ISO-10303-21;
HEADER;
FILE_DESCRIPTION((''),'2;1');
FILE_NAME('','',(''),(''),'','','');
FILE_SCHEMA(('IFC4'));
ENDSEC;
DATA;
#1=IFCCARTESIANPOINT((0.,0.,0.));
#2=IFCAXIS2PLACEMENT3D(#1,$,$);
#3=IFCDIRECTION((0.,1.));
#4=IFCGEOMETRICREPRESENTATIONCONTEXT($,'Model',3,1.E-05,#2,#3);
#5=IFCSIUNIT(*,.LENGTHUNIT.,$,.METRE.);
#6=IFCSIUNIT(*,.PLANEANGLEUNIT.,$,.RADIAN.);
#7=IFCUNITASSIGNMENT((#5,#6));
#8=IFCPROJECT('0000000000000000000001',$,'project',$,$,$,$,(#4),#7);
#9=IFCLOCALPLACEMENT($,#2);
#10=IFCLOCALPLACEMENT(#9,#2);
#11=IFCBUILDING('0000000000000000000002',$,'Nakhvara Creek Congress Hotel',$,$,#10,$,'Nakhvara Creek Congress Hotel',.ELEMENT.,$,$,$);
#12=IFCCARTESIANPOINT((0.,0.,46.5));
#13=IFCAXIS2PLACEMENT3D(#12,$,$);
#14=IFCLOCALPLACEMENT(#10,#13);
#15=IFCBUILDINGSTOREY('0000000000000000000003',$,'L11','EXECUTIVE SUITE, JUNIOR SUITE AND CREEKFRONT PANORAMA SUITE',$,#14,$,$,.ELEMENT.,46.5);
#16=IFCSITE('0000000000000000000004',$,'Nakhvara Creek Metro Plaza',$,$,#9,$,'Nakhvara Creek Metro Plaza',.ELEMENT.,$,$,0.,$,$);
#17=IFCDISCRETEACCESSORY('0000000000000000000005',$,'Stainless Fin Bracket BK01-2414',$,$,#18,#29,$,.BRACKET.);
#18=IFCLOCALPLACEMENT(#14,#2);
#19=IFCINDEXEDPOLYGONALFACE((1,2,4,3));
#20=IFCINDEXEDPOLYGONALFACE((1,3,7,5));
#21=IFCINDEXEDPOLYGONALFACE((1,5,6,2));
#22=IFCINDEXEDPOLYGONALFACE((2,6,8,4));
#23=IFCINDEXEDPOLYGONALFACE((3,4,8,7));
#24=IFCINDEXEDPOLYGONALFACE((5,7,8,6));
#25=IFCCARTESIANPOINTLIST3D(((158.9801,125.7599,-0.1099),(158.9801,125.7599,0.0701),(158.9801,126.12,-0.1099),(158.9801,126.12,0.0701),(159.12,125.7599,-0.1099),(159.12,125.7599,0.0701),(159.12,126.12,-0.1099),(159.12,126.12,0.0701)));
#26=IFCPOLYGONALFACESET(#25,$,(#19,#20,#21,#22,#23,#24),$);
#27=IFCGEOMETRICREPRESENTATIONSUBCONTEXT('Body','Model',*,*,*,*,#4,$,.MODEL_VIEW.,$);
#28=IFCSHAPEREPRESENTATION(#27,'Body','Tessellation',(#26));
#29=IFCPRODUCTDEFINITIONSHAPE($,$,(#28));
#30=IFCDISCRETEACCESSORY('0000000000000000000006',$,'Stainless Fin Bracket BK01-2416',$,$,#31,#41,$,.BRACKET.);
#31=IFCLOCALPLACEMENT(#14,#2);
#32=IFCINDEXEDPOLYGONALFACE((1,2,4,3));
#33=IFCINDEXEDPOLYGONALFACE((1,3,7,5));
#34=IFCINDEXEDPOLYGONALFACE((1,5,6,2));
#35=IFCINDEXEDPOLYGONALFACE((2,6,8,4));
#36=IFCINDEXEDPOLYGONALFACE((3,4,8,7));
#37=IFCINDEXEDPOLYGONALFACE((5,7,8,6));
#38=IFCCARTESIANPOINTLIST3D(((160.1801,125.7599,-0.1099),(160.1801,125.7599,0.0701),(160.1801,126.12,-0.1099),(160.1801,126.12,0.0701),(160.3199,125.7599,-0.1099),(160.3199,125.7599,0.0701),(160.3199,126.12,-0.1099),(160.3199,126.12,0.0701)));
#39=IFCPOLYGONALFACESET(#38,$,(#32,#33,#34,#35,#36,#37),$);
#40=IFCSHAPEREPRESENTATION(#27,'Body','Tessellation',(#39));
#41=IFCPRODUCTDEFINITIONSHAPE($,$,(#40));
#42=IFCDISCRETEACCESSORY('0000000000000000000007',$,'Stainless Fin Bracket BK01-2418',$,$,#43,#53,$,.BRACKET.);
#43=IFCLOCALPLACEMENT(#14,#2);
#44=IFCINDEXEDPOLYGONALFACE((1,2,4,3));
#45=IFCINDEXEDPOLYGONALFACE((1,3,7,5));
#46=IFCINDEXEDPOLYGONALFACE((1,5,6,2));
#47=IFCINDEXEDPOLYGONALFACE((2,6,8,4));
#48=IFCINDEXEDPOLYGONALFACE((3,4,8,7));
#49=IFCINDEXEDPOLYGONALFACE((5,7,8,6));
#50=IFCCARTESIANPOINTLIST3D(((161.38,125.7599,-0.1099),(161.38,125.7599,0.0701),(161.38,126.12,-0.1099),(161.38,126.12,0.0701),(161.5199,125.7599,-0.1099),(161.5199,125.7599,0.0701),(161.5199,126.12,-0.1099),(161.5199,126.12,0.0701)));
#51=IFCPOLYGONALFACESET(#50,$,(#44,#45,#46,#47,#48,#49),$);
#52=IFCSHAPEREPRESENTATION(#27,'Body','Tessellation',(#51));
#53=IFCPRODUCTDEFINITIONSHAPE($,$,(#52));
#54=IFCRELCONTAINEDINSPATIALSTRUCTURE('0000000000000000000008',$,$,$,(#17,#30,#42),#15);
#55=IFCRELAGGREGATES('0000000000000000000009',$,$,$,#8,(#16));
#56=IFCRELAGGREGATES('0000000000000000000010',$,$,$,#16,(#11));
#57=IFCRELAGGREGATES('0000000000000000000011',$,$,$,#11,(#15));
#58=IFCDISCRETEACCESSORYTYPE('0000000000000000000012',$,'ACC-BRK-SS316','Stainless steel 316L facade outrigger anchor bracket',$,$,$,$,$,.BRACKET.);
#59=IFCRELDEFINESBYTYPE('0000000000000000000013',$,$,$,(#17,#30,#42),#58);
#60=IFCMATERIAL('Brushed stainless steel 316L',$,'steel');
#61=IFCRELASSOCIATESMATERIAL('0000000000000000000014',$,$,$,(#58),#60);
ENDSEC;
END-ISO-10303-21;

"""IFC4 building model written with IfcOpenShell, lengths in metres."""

from ifc_helpers import new_model, si_unit, direction, frame, origin, origin_2d, place, context, subcontext, project, spatial, rectangle, extrude, material, type_object, element, save


model = new_model("IFC4")

# Units and contexts
model_context = context("Model", 3, precision=1e-05, world=origin(), true_north=direction((0.0, 1.0)))
body_context = subcontext(model_context, "Body", "Model", "MODEL_VIEW")
ifc_project = project(units=[si_unit("LENGTHUNIT", "METRE"), si_unit("PLANEANGLEUNIT", "RADIAN")], contexts=[model_context])

# Site, building, storey
site_placement = place(None, origin())
site = spatial("IfcSite", under=ifc_project, at=site_placement, Name="Nakhvara Creek Metro Plaza", LongName="Nakhvara Creek Metro Plaza", CompositionType="ELEMENT", RefElevation=0.0)
building_placement = place(site_placement, origin())
building = spatial("IfcBuilding", under=site, at=building_placement, Name="Nakhvara Creek Congress Hotel", LongName="Nakhvara Creek Congress Hotel", CompositionType="ELEMENT")
storey_placement = place(building_placement, frame((0.0, 0.0, 46.5)))
storey = spatial("IfcBuildingStorey", under=building, at=storey_placement, Name="L11", Description="EXECUTIVE SUITE, JUNIOR SUITE AND CREEKFRONT PANORAMA SUITE", CompositionType="ELEMENT", Elevation=46.5)

# Discrete accessories
ifc_material_1 = material(Name="Brushed stainless steel 316L", Category="steel")
discrete_accessory_type = type_object("IfcDiscreteAccessoryType", Name="ACC-BRK-SS316", Description="Stainless steel 316L facade outrigger anchor bracket", PredefinedType="BRACKET", material=ifc_material_1)
for number, where, z_axis, x_axis, name in (
    (1, (159.05, 125.9399, -0.1099), (0.0, 0.0, 1.0), (1.0, 0.0, 0.0), "Stainless Fin Bracket BK01-2414"),
    (2, (160.25, 125.9399, -0.1099), (0.0, 0.0, 1.0), (1.0, 0.0, 0.0), "Stainless Fin Bracket BK01-2416"),
    (3, (161.45, 125.9399, -0.1099), (0.0, 0.0, 1.0), (1.0, 0.0, 0.0), "Stainless Fin Bracket BK01-2418"),
):
    element("IfcDiscreteAccessory", number, at=place(storey_placement, frame(where, z_axis=z_axis, x_axis=x_axis)), inside=storey, type_object=discrete_accessory_type, Name=name, PredefinedType="BRACKET", context=body_context, shape_type="SweptSolid", body=[
        extrude(rectangle(XDim=0.1399, YDim=0.3601, at=origin_2d()), origin(), (0.0, 0.0, 1.0), 0.1799),
    ])

save(model, "model.ifc")
